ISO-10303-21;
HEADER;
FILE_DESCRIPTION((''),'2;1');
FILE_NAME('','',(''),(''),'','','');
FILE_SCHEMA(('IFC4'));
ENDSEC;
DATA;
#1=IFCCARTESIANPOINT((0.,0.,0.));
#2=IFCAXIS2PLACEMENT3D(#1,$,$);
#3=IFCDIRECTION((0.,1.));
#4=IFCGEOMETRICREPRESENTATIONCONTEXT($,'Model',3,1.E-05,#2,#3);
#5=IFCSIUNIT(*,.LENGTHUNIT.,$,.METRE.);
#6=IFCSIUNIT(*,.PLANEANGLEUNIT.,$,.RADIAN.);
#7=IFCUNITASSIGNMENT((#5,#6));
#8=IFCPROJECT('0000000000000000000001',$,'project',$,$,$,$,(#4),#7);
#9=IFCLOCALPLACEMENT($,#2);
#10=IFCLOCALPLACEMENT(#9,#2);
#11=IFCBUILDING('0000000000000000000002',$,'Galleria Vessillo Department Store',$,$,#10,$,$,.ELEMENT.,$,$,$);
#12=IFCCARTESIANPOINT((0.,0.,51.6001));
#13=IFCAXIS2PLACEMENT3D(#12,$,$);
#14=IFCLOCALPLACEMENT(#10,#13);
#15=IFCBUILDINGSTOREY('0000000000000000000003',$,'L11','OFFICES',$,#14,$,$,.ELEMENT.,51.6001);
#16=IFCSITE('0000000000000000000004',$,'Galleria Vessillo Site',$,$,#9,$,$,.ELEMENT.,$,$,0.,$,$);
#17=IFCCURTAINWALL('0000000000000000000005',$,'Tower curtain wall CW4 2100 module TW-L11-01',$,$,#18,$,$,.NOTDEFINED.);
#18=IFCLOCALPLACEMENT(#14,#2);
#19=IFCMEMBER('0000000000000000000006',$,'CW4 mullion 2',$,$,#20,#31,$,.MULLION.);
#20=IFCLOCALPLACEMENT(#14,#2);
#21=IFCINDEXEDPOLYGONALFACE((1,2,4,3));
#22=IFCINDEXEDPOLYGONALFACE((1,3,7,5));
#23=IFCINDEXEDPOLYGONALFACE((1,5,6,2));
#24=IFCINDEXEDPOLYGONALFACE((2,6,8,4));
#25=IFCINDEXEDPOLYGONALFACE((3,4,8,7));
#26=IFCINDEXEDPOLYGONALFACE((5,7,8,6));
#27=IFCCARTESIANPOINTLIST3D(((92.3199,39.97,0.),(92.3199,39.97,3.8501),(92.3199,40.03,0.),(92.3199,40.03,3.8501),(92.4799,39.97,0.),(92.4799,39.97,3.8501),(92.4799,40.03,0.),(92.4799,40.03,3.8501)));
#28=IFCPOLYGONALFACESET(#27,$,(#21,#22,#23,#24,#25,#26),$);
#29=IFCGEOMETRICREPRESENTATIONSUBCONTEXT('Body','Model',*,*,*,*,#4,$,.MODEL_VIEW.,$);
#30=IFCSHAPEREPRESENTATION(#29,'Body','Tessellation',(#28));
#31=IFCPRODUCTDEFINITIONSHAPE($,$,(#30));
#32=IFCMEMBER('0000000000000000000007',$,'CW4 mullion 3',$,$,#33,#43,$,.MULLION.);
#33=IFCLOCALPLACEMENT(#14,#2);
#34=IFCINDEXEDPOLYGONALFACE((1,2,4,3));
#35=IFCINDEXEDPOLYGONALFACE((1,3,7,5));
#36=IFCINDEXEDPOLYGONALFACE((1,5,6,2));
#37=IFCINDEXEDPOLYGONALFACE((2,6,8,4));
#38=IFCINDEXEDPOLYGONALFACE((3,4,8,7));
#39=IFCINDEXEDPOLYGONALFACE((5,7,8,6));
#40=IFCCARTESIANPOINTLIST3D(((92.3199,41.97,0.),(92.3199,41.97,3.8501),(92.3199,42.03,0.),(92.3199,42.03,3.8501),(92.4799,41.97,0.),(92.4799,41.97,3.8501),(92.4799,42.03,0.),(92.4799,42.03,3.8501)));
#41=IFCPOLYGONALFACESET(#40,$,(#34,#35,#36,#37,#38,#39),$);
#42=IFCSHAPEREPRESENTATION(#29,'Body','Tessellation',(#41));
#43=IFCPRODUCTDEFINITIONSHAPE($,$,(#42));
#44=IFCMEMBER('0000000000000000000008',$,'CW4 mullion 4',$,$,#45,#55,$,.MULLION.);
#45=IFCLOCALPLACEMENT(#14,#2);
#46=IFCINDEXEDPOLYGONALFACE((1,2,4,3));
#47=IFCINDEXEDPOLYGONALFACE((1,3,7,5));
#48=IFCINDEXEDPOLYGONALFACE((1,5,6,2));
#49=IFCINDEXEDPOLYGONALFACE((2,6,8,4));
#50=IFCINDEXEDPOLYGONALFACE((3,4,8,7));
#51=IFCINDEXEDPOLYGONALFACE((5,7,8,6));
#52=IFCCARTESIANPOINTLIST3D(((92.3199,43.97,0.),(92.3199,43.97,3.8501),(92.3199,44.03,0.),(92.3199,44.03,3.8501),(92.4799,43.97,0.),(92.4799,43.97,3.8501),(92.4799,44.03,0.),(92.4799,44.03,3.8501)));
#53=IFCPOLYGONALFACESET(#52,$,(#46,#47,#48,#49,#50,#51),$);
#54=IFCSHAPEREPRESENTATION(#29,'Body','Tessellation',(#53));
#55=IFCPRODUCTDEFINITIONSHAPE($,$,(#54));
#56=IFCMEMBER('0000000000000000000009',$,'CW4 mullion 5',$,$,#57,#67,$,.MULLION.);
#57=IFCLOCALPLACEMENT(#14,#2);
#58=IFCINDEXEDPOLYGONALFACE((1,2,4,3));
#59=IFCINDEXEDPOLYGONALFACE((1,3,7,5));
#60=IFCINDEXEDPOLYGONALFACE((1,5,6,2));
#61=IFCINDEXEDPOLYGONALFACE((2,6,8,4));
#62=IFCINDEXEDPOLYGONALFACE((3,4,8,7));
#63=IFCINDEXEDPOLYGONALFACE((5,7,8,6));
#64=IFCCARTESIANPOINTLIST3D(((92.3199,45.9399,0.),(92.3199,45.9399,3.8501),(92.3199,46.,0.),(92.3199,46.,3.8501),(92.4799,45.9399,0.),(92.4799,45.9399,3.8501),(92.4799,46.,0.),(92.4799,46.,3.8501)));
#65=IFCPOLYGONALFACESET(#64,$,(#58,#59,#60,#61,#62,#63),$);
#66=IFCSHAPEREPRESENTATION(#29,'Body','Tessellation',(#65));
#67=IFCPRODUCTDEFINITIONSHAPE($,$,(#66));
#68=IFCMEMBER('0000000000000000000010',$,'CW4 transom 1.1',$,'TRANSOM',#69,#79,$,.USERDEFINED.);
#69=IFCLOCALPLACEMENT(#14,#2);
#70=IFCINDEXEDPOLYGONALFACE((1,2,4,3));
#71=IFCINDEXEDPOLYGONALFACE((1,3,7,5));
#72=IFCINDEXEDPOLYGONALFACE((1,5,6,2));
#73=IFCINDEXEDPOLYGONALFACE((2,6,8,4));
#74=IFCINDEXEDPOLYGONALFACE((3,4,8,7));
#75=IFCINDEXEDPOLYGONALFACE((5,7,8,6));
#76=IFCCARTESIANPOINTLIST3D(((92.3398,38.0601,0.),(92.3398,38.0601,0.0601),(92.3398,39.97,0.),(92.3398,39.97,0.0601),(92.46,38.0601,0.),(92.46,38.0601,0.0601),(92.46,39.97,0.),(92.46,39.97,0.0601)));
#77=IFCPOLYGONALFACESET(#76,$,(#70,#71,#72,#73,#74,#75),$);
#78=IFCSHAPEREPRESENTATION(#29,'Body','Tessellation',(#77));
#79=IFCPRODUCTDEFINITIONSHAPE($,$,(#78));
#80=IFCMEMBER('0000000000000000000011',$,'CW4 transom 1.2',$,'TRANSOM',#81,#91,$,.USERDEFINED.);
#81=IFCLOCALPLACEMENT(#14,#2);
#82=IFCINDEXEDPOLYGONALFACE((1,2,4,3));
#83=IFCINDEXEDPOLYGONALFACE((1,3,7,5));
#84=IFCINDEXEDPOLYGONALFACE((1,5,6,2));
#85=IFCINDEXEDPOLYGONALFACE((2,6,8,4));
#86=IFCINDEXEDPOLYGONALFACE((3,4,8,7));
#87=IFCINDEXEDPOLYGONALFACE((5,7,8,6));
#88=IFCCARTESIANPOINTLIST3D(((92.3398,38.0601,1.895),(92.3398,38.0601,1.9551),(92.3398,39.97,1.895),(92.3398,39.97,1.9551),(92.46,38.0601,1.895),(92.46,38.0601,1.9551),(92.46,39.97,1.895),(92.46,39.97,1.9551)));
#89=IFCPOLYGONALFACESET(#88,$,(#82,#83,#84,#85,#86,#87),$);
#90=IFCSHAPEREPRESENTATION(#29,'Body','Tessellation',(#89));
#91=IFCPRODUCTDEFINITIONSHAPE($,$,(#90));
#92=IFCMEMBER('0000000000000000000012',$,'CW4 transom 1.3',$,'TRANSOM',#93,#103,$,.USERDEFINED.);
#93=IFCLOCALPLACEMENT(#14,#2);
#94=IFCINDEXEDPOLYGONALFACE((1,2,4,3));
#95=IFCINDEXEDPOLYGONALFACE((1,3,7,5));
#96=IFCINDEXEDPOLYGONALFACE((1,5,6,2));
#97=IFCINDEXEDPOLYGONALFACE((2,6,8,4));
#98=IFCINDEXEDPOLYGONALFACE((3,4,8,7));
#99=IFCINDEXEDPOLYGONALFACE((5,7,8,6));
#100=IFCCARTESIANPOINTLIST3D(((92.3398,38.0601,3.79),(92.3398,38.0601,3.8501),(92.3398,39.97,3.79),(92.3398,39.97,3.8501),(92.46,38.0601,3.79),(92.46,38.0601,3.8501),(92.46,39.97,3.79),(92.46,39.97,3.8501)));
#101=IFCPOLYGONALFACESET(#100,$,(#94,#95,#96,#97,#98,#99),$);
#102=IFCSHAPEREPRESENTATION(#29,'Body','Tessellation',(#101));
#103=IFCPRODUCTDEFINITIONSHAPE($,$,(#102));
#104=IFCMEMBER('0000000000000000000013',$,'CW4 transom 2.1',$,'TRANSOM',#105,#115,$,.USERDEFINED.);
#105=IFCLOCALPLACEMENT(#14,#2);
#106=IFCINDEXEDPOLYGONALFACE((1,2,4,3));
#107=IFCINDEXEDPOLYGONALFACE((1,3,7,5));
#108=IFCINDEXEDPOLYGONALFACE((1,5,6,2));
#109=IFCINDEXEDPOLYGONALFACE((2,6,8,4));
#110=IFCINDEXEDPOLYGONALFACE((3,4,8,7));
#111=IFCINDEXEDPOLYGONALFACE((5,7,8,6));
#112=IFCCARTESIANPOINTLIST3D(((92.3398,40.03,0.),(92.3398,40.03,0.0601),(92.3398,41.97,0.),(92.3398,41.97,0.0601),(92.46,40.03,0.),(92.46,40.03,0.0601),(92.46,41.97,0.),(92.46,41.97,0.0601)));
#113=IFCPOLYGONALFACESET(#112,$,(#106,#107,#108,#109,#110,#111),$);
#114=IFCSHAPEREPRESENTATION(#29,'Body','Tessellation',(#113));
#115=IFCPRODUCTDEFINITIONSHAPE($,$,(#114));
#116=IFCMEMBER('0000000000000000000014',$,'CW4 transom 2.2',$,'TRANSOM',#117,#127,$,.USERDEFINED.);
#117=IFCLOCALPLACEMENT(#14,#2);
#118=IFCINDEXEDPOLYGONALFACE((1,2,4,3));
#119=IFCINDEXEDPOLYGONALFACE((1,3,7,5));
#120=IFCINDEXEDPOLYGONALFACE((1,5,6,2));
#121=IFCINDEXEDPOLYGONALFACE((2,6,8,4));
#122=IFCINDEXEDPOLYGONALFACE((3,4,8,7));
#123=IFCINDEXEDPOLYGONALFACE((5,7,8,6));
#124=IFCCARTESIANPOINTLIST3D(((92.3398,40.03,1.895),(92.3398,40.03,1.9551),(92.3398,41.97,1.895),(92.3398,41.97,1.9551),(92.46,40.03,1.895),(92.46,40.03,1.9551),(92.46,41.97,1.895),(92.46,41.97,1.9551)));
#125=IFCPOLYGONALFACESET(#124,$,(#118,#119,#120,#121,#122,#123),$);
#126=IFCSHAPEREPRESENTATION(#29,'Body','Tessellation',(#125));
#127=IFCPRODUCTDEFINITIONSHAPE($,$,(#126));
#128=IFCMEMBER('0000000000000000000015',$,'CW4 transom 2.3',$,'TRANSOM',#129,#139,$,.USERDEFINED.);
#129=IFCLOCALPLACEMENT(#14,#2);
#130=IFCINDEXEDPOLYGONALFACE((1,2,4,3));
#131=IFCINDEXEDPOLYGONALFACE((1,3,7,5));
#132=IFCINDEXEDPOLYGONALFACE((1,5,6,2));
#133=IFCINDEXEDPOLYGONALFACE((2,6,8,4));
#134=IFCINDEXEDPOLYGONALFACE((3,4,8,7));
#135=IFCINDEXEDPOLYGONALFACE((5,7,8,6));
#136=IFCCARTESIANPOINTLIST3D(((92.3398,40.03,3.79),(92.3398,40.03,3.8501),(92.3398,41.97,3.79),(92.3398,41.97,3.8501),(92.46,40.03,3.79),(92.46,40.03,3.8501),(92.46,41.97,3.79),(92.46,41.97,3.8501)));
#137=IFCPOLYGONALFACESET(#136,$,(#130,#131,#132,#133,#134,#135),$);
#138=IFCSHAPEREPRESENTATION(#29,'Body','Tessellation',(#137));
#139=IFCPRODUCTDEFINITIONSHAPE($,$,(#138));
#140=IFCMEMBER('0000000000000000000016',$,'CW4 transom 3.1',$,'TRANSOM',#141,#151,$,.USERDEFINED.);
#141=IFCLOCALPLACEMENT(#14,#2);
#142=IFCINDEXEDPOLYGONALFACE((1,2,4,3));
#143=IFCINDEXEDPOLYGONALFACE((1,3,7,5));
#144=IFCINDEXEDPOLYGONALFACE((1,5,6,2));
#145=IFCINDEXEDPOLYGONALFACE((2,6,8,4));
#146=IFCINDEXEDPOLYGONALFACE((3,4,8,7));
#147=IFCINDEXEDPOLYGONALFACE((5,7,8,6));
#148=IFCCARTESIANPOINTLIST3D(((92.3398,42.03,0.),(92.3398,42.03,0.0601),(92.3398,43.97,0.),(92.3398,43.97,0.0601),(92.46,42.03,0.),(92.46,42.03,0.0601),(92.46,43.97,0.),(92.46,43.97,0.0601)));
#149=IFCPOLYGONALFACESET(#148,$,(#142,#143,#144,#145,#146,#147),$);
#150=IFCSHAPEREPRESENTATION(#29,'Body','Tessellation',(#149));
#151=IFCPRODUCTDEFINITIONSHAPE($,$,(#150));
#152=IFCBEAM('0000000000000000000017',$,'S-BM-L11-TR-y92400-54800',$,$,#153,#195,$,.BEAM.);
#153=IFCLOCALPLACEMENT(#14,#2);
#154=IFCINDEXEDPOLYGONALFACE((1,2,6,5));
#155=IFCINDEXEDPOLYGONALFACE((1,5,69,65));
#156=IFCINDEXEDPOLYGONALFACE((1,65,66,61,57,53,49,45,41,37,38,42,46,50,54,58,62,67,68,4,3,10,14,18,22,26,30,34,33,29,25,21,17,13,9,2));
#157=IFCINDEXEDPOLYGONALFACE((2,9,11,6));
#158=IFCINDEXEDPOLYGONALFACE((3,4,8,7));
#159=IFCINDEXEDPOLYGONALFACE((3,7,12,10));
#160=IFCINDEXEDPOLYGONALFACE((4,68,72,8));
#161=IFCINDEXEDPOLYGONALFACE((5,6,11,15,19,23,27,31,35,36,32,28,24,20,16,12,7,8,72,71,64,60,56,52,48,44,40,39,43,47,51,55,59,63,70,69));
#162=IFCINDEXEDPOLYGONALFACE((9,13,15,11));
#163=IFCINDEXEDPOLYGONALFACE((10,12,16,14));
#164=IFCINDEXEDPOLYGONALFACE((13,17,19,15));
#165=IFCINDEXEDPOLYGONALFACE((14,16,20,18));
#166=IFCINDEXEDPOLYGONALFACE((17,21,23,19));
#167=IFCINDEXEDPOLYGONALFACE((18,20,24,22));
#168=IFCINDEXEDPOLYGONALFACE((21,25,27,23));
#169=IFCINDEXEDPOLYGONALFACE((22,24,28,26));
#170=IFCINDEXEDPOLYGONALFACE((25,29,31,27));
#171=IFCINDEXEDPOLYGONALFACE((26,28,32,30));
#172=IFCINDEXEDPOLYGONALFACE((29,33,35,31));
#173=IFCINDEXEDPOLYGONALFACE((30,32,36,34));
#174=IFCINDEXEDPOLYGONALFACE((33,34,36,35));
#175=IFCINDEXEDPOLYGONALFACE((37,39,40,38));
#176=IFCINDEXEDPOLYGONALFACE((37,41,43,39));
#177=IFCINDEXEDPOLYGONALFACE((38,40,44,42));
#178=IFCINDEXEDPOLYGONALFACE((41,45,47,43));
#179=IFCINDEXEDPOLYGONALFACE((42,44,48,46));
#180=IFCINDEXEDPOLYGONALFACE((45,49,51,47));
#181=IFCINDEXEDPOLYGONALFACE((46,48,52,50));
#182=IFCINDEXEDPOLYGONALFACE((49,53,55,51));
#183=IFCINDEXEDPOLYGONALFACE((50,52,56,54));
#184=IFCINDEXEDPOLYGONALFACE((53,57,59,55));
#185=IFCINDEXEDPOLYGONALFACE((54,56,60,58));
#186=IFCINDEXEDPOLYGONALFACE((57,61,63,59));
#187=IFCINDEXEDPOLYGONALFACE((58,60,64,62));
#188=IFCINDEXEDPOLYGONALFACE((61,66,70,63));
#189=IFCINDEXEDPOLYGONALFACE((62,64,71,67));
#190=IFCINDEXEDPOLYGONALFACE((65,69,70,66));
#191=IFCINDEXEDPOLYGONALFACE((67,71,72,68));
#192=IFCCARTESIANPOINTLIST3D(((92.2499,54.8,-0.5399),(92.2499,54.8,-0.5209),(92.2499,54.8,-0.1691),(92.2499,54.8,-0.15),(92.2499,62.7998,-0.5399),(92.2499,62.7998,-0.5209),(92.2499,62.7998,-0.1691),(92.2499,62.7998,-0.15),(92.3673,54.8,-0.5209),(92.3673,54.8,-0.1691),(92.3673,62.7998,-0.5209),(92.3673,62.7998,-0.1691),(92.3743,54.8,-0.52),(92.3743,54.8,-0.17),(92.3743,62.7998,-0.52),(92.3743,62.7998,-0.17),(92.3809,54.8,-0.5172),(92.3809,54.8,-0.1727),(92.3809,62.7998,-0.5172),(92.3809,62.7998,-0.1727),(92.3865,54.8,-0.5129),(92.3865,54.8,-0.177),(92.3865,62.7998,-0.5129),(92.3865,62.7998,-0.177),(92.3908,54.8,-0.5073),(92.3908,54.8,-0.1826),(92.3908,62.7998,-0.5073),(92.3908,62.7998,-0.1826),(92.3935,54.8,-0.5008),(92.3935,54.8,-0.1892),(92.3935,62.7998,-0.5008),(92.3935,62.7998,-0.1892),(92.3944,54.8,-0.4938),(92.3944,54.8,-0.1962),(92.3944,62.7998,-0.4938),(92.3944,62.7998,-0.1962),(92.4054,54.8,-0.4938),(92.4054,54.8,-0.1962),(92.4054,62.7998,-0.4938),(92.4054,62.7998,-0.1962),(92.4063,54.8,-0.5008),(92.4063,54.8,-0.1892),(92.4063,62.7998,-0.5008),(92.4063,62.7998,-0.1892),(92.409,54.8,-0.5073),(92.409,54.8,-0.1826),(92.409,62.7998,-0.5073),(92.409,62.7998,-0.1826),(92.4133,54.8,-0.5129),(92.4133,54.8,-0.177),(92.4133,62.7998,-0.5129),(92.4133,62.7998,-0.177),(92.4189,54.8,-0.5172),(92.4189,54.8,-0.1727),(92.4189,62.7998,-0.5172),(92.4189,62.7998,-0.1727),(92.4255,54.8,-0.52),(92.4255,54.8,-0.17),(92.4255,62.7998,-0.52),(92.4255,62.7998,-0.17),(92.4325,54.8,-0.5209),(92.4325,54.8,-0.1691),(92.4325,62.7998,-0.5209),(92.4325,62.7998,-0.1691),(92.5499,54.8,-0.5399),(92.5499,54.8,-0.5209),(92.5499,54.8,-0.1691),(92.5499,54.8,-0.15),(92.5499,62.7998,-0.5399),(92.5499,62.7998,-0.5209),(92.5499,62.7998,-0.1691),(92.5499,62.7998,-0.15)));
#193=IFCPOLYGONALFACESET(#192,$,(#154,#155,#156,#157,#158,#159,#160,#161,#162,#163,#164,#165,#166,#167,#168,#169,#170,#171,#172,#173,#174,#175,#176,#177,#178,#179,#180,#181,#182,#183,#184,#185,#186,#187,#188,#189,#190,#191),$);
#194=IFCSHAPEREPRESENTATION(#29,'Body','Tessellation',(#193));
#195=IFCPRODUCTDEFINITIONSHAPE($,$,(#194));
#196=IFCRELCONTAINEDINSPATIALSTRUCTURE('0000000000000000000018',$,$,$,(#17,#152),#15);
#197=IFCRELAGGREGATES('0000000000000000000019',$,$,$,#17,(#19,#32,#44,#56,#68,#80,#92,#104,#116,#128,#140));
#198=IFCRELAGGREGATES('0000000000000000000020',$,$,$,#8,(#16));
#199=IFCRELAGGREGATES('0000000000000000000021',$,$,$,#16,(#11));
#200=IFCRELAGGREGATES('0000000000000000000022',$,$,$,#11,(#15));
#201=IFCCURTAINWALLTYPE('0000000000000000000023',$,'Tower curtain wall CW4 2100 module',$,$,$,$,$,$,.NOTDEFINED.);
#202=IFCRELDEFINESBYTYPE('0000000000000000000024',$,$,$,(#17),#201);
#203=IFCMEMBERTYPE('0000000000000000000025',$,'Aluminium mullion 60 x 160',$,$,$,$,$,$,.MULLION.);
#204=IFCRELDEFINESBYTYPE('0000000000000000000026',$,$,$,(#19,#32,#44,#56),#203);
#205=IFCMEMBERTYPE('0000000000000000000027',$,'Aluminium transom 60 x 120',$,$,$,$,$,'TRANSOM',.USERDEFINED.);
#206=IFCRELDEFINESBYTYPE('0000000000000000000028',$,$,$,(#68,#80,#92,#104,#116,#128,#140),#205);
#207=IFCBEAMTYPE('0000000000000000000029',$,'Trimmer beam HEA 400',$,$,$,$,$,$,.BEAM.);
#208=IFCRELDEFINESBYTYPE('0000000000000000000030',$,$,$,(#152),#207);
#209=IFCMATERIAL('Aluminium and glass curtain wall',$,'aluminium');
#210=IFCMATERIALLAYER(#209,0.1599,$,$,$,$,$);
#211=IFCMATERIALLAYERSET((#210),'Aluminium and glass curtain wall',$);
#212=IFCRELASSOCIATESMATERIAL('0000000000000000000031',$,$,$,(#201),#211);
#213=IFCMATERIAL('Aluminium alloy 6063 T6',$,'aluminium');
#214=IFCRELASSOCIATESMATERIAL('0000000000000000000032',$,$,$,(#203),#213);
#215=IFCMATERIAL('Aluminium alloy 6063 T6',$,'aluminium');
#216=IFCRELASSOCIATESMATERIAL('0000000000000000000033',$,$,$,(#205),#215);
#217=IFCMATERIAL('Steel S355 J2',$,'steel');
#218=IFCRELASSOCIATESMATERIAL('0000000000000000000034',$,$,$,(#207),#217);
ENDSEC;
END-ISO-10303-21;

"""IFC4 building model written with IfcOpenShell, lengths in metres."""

from ifc_helpers import new_model, si_unit, direction, frame, origin, origin_2d, place, context, subcontext, project, spatial, rectangle, i_section, extrude, material, layer, layer_set, material_profile, profile_set, type_object, element, aggregate, save


model = new_model("IFC4")

# Units and contexts
model_context = context("Model", 3, precision=1e-05, world=origin(), true_north=direction((0.0, 1.0)))
body_context = subcontext(model_context, "Body", "Model", "MODEL_VIEW")
ifc_project = project(units=[si_unit("LENGTHUNIT", "METRE"), si_unit("PLANEANGLEUNIT", "RADIAN")], contexts=[model_context])

# Site, building, storey
site_placement = place(None, origin())
site = spatial("IfcSite", under=ifc_project, at=site_placement, Name="Galleria Vessillo Site", CompositionType="ELEMENT", RefElevation=0.0)
building_placement = place(site_placement, origin())
building = spatial("IfcBuilding", under=site, at=building_placement, Name="Galleria Vessillo Department Store", CompositionType="ELEMENT")
storey_placement = place(building_placement, frame((0.0, 0.0, 51.6001)))
storey = spatial("IfcBuildingStorey", under=building, at=storey_placement, Name="L11", Description="OFFICES", CompositionType="ELEMENT", Elevation=51.6001)

# Curtain wall, members
ifc_material_1 = material(Name="Aluminium and glass curtain wall", Category="aluminium")
ifc_layer_1 = layer(ifc_material_1, 0.1599)
ifc_layer_set_1 = layer_set([ifc_layer_1], Name="Aluminium and glass curtain wall")
curtain_wall_type = type_object("IfcCurtainWallType", Name="Tower curtain wall CW4 2100 module", PredefinedType="NOTDEFINED", material=ifc_layer_set_1)
curtain_wall_placement = place(storey_placement, origin())
curtain_wall = element("IfcCurtainWall", 1, at=curtain_wall_placement, inside=storey, type_object=curtain_wall_type, Name="Tower curtain wall CW4 2100 module TW-L11-01", PredefinedType="NOTDEFINED")
ifc_material_2 = material(Name="Aluminium alloy 6063 T6", Category="aluminium")
ifc_material_profile_1 = material_profile(ifc_material_2, rectangle(XDim=0.1599, YDim=0.0601, at=origin_2d()), Name="AL 60x160")
ifc_profile_set_1 = profile_set([ifc_material_profile_1], Name="Aluminium alloy 6063 T6")
member_type_1 = type_object("IfcMemberType", Name="Aluminium mullion 60 x 160", PredefinedType="MULLION", material=ifc_profile_set_1)
member_1_placement = place(storey_placement, frame((92.3999, 40.0, 0.0), z_axis=(0.0, 0.0, 1.0), x_axis=(-1.0, 0.0, 0.0)))
member_1 = element("IfcMember", 2, at=member_1_placement, type_object=member_type_1, Name="CW4 mullion 2", PredefinedType="MULLION", context=body_context, shape_type="SweptSolid", body=[
    extrude(rectangle(XDim=0.1599, YDim=0.0601, at=origin_2d()), origin(), (0.0, 0.0, 1.0), 3.8501),
])
member_2_placement = place(storey_placement, frame((92.3999, 42.0, 0.0), z_axis=(0.0, 0.0, 1.0), x_axis=(-1.0, 0.0, 0.0)))
member_2 = element("IfcMember", 3, at=member_2_placement, type_object=member_type_1, Name="CW4 mullion 3", PredefinedType="MULLION", context=body_context, shape_type="SweptSolid", body=[
    extrude(rectangle(XDim=0.1599, YDim=0.0601, at=origin_2d()), origin(), (0.0, 0.0, 1.0), 3.8501),
])
member_3_placement = place(storey_placement, frame((92.3999, 44.0, 0.0), z_axis=(0.0, 0.0, 1.0), x_axis=(-1.0, 0.0, 0.0)))
member_3 = element("IfcMember", 4, at=member_3_placement, type_object=member_type_1, Name="CW4 mullion 4", PredefinedType="MULLION", context=body_context, shape_type="SweptSolid", body=[
    extrude(rectangle(XDim=0.1599, YDim=0.0601, at=origin_2d()), origin(), (0.0, 0.0, 1.0), 3.8501),
])
member_4_placement = place(storey_placement, frame((92.3999, 45.97, 0.0), z_axis=(0.0, 0.0, 1.0), x_axis=(-1.0, 0.0, 0.0)))
member_4 = element("IfcMember", 5, at=member_4_placement, type_object=member_type_1, Name="CW4 mullion 5", PredefinedType="MULLION", context=body_context, shape_type="SweptSolid", body=[
    extrude(rectangle(XDim=0.1599, YDim=0.0601, at=origin_2d()), origin(), (0.0, 0.0, 1.0), 3.8501),
])
ifc_material_3 = material(Name="Aluminium alloy 6063 T6", Category="aluminium")
ifc_material_profile_2 = material_profile(ifc_material_3, rectangle(XDim=0.1201, YDim=0.0601, at=origin_2d()), Name="AL 60x120")
ifc_profile_set_2 = profile_set([ifc_material_profile_2], Name="Aluminium alloy 6063 T6")
member_type_2 = type_object("IfcMemberType", Name="Aluminium transom 60 x 120", ElementType="TRANSOM", PredefinedType="USERDEFINED", material=ifc_profile_set_2)
member_5_placement = place(storey_placement, frame((92.3999, 38.0601, 0.03), z_axis=(0.0, 1.0, 0.0), x_axis=(-1.0, 0.0, 0.0)))
member_5 = element("IfcMember", 6, at=member_5_placement, type_object=member_type_2, Name="CW4 transom 1.1", ObjectType="TRANSOM", PredefinedType="USERDEFINED", context=body_context, shape_type="SweptSolid", body=[
    extrude(rectangle(XDim=0.1201, YDim=0.0601, at=origin_2d()), origin(), (0.0, 0.0, 1.0), 1.9099),
])
member_6_placement = place(storey_placement, frame((92.3999, 38.0601, 1.925), z_axis=(0.0, 1.0, 0.0), x_axis=(-1.0, 0.0, 0.0)))
member_6 = element("IfcMember", 7, at=member_6_placement, type_object=member_type_2, Name="CW4 transom 1.2", ObjectType="TRANSOM", PredefinedType="USERDEFINED", context=body_context, shape_type="SweptSolid", body=[
    extrude(rectangle(XDim=0.1201, YDim=0.0601, at=origin_2d()), origin(), (0.0, 0.0, 1.0), 1.9099),
])
member_7_placement = place(storey_placement, frame((92.3999, 38.0601, 3.8201), z_axis=(0.0, 1.0, 0.0), x_axis=(-1.0, 0.0, 0.0)))
member_7 = element("IfcMember", 8, at=member_7_placement, type_object=member_type_2, Name="CW4 transom 1.3", ObjectType="TRANSOM", PredefinedType="USERDEFINED", context=body_context, shape_type="SweptSolid", body=[
    extrude(rectangle(XDim=0.1201, YDim=0.0601, at=origin_2d()), origin(), (0.0, 0.0, 1.0), 1.9099),
])
member_8_placement = place(storey_placement, frame((92.3999, 40.03, 0.03), z_axis=(0.0, 1.0, 0.0), x_axis=(-1.0, 0.0, 0.0)))
member_8 = element("IfcMember", 9, at=member_8_placement, type_object=member_type_2, Name="CW4 transom 2.1", ObjectType="TRANSOM", PredefinedType="USERDEFINED", context=body_context, shape_type="SweptSolid", body=[
    extrude(rectangle(XDim=0.1201, YDim=0.0601, at=origin_2d()), origin(), (0.0, 0.0, 1.0), 1.9399),
])
member_9_placement = place(storey_placement, frame((92.3999, 40.03, 1.925), z_axis=(0.0, 1.0, 0.0), x_axis=(-1.0, 0.0, 0.0)))
member_9 = element("IfcMember", 10, at=member_9_placement, type_object=member_type_2, Name="CW4 transom 2.2", ObjectType="TRANSOM", PredefinedType="USERDEFINED", context=body_context, shape_type="SweptSolid", body=[
    extrude(rectangle(XDim=0.1201, YDim=0.0601, at=origin_2d()), origin(), (0.0, 0.0, 1.0), 1.9399),
])
member_10_placement = place(storey_placement, frame((92.3999, 40.03, 3.8201), z_axis=(0.0, 1.0, 0.0), x_axis=(-1.0, 0.0, 0.0)))
member_10 = element("IfcMember", 11, at=member_10_placement, type_object=member_type_2, Name="CW4 transom 2.3", ObjectType="TRANSOM", PredefinedType="USERDEFINED", context=body_context, shape_type="SweptSolid", body=[
    extrude(rectangle(XDim=0.1201, YDim=0.0601, at=origin_2d()), origin(), (0.0, 0.0, 1.0), 1.9399),
])
member_11_placement = place(storey_placement, frame((92.3999, 42.03, 0.03), z_axis=(0.0, 1.0, 0.0), x_axis=(-1.0, 0.0, 0.0)))
member_11 = element("IfcMember", 12, at=member_11_placement, type_object=member_type_2, Name="CW4 transom 3.1", ObjectType="TRANSOM", PredefinedType="USERDEFINED", context=body_context, shape_type="SweptSolid", body=[
    extrude(rectangle(XDim=0.1201, YDim=0.0601, at=origin_2d()), origin(), (0.0, 0.0, 1.0), 1.9399),
])

# Beam
ifc_material_4 = material(Name="Steel S355 J2", Category="steel")
ifc_material_profile_3 = material_profile(ifc_material_4, i_section(OverallWidth=0.3, OverallDepth=0.3899, WebThickness=0.011, FlangeThickness=0.019, FilletRadius=0.0271, at=origin_2d()), Name="HEA 400")
ifc_profile_set_3 = profile_set([ifc_material_profile_3], Name="Steel S355 J2")
beam_type = type_object("IfcBeamType", Name="Trimmer beam HEA 400", PredefinedType="BEAM", material=ifc_profile_set_3)
beam_placement = place(storey_placement, frame((92.3999, 54.8, -0.345), z_axis=(0.0, 1.0, 0.0), x_axis=(-1.0, 0.0, 0.0)))
element("IfcBeam", 13, at=beam_placement, inside=storey, type_object=beam_type, Name="S-BM-L11-TR-y92400-54800", PredefinedType="BEAM", context=body_context, shape_type="SweptSolid", body=[
    extrude(i_section(OverallWidth=0.3, OverallDepth=0.3899, WebThickness=0.011, FlangeThickness=0.019, FilletRadius=0.0271, at=origin_2d()), origin(), (0.0, 0.0, 1.0), 7.9998),
])

aggregate(curtain_wall, [member_1, member_2, member_3, member_4, member_5, member_6, member_7, member_8, member_9, member_10, member_11])

save(model, "model.ifc")
